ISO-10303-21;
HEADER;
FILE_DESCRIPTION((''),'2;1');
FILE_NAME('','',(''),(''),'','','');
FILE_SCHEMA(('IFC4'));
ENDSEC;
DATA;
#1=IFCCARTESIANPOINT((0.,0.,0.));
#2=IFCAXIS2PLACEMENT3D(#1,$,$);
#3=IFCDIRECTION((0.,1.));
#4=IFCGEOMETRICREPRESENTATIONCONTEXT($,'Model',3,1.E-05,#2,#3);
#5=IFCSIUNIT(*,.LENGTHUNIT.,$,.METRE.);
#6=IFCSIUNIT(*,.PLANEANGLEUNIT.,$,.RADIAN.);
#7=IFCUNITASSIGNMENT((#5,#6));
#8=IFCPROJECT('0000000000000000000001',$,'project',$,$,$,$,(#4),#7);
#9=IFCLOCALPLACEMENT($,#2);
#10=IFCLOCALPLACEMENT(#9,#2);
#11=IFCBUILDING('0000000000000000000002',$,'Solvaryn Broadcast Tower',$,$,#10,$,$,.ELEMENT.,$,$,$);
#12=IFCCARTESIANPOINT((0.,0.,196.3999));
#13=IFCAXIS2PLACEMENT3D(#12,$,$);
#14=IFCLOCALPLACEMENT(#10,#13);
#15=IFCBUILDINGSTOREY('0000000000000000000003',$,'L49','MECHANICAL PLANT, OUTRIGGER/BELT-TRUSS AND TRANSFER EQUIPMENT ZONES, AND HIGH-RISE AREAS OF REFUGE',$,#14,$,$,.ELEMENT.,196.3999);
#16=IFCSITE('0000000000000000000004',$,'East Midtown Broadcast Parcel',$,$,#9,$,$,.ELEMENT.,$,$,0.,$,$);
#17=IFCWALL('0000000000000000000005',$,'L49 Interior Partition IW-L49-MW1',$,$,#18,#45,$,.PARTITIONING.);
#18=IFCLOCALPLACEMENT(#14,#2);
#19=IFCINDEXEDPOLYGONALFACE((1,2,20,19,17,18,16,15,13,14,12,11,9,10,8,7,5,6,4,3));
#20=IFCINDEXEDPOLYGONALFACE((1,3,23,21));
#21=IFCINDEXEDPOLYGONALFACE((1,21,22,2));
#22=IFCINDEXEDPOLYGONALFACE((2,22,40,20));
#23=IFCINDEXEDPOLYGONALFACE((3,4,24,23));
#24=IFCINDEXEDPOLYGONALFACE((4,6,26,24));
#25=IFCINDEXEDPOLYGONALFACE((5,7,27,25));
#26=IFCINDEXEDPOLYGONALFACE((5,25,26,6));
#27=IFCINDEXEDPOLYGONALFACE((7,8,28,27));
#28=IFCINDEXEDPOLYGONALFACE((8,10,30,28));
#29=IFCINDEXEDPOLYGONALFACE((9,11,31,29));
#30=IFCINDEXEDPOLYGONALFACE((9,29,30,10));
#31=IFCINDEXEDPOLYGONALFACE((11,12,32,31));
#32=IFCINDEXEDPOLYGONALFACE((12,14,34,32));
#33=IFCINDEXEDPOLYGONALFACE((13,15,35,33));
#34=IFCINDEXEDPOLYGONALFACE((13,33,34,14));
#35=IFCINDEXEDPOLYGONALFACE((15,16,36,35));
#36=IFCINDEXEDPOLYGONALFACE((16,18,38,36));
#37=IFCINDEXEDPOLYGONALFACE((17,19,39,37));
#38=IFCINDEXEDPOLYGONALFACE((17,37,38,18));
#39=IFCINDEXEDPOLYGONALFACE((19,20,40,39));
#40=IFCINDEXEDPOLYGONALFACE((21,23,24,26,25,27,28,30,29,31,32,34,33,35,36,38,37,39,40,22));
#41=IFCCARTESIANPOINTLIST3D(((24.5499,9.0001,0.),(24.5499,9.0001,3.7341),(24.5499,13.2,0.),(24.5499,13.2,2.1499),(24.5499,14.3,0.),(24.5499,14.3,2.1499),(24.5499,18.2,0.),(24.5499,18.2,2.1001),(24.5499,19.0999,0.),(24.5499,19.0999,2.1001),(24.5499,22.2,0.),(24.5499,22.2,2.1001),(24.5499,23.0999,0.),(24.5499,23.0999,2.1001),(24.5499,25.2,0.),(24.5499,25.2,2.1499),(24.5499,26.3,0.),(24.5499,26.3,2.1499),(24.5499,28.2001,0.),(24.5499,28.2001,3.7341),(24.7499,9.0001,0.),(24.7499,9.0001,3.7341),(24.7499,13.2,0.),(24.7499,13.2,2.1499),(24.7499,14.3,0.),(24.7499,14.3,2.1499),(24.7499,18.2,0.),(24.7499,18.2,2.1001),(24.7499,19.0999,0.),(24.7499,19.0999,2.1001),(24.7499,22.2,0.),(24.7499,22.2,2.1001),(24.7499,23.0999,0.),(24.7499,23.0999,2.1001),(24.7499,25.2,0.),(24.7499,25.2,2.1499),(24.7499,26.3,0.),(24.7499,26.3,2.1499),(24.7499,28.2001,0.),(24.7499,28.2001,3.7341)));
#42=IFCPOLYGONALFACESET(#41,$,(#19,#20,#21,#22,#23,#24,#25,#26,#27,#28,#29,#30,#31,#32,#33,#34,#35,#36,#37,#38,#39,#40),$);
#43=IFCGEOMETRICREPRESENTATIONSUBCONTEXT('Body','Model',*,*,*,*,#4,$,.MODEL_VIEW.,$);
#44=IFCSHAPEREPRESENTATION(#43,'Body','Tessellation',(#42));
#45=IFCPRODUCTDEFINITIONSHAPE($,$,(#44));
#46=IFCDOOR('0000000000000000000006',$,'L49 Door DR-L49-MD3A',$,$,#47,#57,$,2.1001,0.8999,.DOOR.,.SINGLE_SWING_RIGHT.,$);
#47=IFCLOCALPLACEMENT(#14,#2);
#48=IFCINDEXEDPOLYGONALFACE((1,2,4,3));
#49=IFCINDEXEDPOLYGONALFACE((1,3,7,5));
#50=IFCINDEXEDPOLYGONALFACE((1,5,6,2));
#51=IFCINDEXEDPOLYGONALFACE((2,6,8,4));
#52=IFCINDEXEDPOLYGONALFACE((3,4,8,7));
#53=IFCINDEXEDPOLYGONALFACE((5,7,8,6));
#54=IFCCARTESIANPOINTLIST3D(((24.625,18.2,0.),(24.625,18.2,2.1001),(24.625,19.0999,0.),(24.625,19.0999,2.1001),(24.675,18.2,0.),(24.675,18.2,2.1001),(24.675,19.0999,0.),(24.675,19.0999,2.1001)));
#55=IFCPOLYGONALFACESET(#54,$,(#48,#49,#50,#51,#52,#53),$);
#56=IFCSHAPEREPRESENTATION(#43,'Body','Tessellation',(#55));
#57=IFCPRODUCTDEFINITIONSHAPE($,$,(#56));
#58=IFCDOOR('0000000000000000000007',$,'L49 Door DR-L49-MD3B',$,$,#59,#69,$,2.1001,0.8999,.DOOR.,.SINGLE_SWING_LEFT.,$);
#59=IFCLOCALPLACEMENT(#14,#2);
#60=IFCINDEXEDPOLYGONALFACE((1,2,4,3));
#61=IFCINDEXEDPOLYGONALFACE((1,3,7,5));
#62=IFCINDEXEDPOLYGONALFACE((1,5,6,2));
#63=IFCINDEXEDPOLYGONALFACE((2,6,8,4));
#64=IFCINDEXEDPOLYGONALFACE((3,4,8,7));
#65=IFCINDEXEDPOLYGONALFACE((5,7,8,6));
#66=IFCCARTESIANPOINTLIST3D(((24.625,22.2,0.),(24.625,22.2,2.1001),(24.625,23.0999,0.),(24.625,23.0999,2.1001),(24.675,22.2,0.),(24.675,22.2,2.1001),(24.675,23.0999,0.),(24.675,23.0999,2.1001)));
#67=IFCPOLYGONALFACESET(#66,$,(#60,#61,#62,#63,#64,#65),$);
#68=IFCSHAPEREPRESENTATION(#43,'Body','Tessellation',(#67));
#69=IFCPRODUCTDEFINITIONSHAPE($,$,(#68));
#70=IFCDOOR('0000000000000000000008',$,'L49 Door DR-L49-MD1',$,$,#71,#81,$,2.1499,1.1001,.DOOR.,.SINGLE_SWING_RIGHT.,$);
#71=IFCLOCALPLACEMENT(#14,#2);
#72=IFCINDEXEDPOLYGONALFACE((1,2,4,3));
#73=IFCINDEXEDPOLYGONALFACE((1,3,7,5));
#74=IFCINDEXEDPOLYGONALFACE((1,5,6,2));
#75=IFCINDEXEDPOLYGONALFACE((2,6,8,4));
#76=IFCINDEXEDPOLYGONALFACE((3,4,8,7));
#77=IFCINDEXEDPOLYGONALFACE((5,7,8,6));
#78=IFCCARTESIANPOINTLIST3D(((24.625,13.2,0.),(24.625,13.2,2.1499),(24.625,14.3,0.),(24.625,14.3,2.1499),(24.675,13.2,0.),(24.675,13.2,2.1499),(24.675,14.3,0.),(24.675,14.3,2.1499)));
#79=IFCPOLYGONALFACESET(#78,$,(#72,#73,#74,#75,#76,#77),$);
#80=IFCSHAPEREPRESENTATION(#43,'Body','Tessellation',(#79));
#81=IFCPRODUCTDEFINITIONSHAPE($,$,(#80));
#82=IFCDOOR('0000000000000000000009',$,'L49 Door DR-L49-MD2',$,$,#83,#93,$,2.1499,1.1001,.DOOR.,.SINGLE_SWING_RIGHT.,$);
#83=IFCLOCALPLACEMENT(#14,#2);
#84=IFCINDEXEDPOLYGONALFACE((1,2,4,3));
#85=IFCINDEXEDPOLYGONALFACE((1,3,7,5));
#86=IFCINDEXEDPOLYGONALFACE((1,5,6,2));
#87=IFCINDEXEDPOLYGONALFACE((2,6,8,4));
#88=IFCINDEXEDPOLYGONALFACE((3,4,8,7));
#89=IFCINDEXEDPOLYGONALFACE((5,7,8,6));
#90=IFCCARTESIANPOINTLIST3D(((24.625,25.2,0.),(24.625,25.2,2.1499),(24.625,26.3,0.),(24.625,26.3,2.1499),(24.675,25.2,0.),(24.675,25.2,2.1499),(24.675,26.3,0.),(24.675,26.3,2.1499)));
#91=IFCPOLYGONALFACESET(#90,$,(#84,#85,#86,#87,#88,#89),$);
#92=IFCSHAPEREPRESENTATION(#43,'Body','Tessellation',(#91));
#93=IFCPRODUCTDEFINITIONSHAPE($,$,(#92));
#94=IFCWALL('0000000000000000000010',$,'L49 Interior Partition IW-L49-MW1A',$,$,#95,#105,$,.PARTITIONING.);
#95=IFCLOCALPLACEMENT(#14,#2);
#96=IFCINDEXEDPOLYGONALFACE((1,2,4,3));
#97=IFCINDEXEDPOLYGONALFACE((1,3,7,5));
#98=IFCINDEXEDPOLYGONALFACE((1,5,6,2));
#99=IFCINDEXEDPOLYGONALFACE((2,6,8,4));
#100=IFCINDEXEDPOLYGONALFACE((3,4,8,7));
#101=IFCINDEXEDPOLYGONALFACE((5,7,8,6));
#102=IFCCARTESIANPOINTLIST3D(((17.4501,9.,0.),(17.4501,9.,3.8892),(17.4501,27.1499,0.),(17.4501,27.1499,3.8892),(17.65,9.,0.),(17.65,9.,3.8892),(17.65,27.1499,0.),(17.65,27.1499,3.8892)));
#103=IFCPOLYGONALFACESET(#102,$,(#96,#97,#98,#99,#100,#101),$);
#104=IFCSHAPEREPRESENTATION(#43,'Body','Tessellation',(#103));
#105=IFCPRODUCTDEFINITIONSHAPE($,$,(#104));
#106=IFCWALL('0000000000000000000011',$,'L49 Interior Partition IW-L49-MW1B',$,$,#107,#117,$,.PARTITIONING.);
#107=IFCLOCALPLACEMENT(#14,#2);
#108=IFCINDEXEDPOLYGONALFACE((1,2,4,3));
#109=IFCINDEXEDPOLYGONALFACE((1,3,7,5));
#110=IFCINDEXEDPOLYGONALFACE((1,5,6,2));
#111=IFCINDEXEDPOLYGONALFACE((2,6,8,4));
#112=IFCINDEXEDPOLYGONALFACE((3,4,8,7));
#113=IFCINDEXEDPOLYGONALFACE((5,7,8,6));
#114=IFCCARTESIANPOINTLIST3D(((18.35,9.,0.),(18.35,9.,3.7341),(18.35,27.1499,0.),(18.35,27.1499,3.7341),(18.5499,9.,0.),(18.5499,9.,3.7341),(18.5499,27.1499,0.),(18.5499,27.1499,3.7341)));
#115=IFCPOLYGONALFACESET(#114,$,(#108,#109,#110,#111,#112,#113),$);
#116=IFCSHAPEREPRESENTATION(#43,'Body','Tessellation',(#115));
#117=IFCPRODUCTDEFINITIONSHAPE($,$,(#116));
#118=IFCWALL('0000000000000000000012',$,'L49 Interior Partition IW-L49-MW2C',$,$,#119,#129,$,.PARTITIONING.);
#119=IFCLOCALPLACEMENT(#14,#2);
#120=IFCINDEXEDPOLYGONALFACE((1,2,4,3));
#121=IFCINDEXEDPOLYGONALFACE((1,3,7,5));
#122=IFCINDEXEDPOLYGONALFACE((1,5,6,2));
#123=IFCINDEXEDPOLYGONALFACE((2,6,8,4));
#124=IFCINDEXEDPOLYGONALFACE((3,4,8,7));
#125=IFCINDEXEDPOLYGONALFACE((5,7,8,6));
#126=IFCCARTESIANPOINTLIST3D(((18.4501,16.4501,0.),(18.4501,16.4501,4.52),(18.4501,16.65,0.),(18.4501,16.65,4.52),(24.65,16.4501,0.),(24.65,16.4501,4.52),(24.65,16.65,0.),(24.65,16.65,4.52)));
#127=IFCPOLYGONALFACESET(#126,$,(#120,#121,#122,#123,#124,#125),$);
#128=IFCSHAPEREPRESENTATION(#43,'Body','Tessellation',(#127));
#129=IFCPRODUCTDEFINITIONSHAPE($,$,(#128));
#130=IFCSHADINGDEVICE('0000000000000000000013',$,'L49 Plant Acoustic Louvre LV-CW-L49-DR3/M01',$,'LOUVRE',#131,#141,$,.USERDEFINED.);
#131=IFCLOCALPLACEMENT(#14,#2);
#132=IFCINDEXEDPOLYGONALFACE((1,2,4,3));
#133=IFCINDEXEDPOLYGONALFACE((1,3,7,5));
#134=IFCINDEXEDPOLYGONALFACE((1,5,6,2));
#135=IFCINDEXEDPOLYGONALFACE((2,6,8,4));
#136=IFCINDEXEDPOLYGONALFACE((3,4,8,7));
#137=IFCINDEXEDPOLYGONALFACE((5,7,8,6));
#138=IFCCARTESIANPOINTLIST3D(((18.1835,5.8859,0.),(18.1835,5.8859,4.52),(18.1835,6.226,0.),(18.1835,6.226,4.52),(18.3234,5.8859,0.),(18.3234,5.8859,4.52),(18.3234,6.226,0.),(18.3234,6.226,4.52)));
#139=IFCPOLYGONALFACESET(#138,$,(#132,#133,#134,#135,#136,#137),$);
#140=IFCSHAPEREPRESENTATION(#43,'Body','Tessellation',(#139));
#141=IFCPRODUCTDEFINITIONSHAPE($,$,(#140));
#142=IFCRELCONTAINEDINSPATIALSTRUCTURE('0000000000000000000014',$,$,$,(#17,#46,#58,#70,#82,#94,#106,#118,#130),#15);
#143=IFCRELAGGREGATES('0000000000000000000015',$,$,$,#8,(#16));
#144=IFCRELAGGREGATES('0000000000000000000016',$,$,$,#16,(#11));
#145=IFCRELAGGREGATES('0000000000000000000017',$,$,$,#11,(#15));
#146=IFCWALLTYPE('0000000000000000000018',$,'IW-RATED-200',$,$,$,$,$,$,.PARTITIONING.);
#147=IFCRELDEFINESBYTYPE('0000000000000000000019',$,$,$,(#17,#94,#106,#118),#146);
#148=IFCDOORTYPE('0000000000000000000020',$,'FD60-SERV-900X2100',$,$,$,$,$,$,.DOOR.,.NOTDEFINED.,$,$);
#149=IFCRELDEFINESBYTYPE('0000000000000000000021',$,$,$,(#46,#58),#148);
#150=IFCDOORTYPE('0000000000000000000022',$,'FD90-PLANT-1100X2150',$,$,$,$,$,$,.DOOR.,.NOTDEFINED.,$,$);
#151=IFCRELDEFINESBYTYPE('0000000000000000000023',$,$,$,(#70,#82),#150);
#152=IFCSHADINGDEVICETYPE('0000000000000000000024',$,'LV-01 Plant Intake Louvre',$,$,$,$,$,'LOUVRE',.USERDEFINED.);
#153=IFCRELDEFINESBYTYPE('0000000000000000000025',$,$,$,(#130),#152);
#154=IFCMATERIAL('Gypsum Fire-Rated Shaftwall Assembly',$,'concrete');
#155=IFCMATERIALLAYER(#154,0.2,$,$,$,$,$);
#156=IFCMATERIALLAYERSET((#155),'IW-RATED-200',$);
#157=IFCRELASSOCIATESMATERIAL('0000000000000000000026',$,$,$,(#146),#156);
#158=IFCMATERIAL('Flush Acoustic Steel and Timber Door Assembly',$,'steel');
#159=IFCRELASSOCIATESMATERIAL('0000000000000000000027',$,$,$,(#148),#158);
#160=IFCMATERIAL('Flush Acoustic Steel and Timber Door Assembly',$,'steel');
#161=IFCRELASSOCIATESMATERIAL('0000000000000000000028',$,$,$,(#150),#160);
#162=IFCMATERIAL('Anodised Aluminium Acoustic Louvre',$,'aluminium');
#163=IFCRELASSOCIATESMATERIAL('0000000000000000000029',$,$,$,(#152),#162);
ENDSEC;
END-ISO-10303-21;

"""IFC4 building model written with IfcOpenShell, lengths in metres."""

from ifc_helpers import new_model, si_unit, direction, frame, frame_2d, origin, origin_2d, place, context, subcontext, project, spatial, rectangle, extrude, material, layer, layer_set, type_object, element, fill, save


model = new_model("IFC4")

# Units and contexts
model_context = context("Model", 3, precision=1e-05, world=origin(), true_north=direction((0.0, 1.0)))
body_context = subcontext(model_context, "Body", "Model", "MODEL_VIEW")
ifc_project = project(units=[si_unit("LENGTHUNIT", "METRE"), si_unit("PLANEANGLEUNIT", "RADIAN")], contexts=[model_context])

# Site, building, storey
site_placement = place(None, origin())
site = spatial("IfcSite", under=ifc_project, at=site_placement, Name="East Midtown Broadcast Parcel", CompositionType="ELEMENT", RefElevation=0.0)
building_placement = place(site_placement, origin())
building = spatial("IfcBuilding", under=site, at=building_placement, Name="Solvaryn Broadcast Tower", CompositionType="ELEMENT")
storey_placement = place(building_placement, frame((0.0, 0.0, 196.3999)))
storey = spatial("IfcBuildingStorey", under=building, at=storey_placement, Name="L49", Description="MECHANICAL PLANT, OUTRIGGER/BELT-TRUSS AND TRANSFER EQUIPMENT ZONES, AND HIGH-RISE AREAS OF REFUGE", CompositionType="ELEMENT", Elevation=196.3999)

# Wall, openings, doors
ifc_material_1 = material(Name="Gypsum Fire-Rated Shaftwall Assembly", Category="concrete")
ifc_layer_1 = layer(ifc_material_1, 0.2)
ifc_layer_set_1 = layer_set([ifc_layer_1], Name="IW-RATED-200")
wall_type = type_object("IfcWallType", Name="IW-RATED-200", PredefinedType="PARTITIONING", material=ifc_layer_set_1)
wall_1_placement = place(storey_placement, frame((24.6499, 9.0, 0.0), z_axis=(0.0, 0.0, 1.0), x_axis=(0.0, 1.0, 0.0)))
wall_1 = element("IfcWall", 1, at=wall_1_placement, inside=storey, type_object=wall_type, Name="L49 Interior Partition IW-L49-MW1", PredefinedType="PARTITIONING", context=body_context, shape_type="SweptSolid", body=[
    extrude(rectangle(XDim=19.2, YDim=0.2, at=frame_2d((9.6001, 0.0))), origin(), (0.0, 0.0, 1.0), 3.7341),
])
opening_1_placement = place(wall_1_placement, frame((4.2, 0.0, 0.0)))
opening_1 = element("IfcOpeningElement", 2, at=opening_1_placement, cuts=wall_1, PredefinedType="OPENING", context=body_context, shape_type="SweptSolid", body=[
    extrude(rectangle(XDim=1.1001, YDim=2.1499, at=frame_2d((0.55, 1.075))), frame((0.0, 0.1101, 0.0), z_axis=(0.0, -1.0, 0.0), x_axis=(1.0, 0.0, 0.0)), (0.0, 0.0, 1.0), 0.22),
])
opening_2_placement = place(wall_1_placement, frame((16.2, 0.0, 0.0)))
opening_2 = element("IfcOpeningElement", 3, at=opening_2_placement, cuts=wall_1, PredefinedType="OPENING", context=body_context, shape_type="SweptSolid", body=[
    extrude(rectangle(XDim=1.1001, YDim=2.1499, at=frame_2d((0.55, 1.075))), frame((0.0, 0.1101, 0.0), z_axis=(0.0, -1.0, 0.0), x_axis=(1.0, 0.0, 0.0)), (0.0, 0.0, 1.0), 0.22),
])
opening_3_placement = place(wall_1_placement, frame((9.2, 0.0, 0.0)))
opening_3 = element("IfcOpeningElement", 4, at=opening_3_placement, cuts=wall_1, PredefinedType="OPENING", context=body_context, shape_type="SweptSolid", body=[
    extrude(rectangle(XDim=0.8999, YDim=2.1001, at=frame_2d((0.45, 1.05))), frame((0.0, 0.1101, 0.0), z_axis=(0.0, -1.0, 0.0), x_axis=(1.0, 0.0, 0.0)), (0.0, 0.0, 1.0), 0.22),
])
opening_4_placement = place(wall_1_placement, frame((13.2, 0.0, 0.0)))
opening_4 = element("IfcOpeningElement", 5, at=opening_4_placement, cuts=wall_1, PredefinedType="OPENING", context=body_context, shape_type="SweptSolid", body=[
    extrude(rectangle(XDim=0.8999, YDim=2.1001, at=frame_2d((0.45, 1.05))), frame((0.0, 0.1101, 0.0), z_axis=(0.0, -1.0, 0.0), x_axis=(1.0, 0.0, 0.0)), (0.0, 0.0, 1.0), 0.22),
])
ifc_material_2 = material(Name="Flush Acoustic Steel and Timber Door Assembly", Category="steel")
door_type_1 = type_object("IfcDoorType", Name="FD60-SERV-900X2100", OperationType="NOTDEFINED", PredefinedType="DOOR", material=ifc_material_2)
door_1_placement = place(opening_3_placement, origin())
door_1 = element("IfcDoor", 6, at=door_1_placement, inside=storey, type_object=door_type_1, Name="L49 Door DR-L49-MD3A", OperationType="SINGLE_SWING_RIGHT", OverallHeight=2.1001, OverallWidth=0.8999, PredefinedType="DOOR", context=body_context, shape_type="SweptSolid", body=[
    extrude(rectangle(XDim=0.8999, YDim=2.1001, at=frame_2d((0.45, 1.05))), frame((0.0, 0.0249, 0.0), z_axis=(0.0, -1.0, 0.0), x_axis=(1.0, 0.0, 0.0)), (0.0, 0.0, 1.0), 0.05),
])
fill(opening_3, door_1)
door_2_placement = place(opening_4_placement, origin())
door_2 = element("IfcDoor", 7, at=door_2_placement, inside=storey, type_object=door_type_1, Name="L49 Door DR-L49-MD3B", OperationType="SINGLE_SWING_LEFT", OverallHeight=2.1001, OverallWidth=0.8999, PredefinedType="DOOR", context=body_context, shape_type="SweptSolid", body=[
    extrude(rectangle(XDim=0.8999, YDim=2.1001, at=frame_2d((0.45, 1.05))), frame((0.0, 0.0249, 0.0), z_axis=(0.0, -1.0, 0.0), x_axis=(1.0, 0.0, 0.0)), (0.0, 0.0, 1.0), 0.05),
])
fill(opening_4, door_2)
ifc_material_3 = material(Name="Flush Acoustic Steel and Timber Door Assembly", Category="steel")
door_type_2 = type_object("IfcDoorType", Name="FD90-PLANT-1100X2150", OperationType="NOTDEFINED", PredefinedType="DOOR", material=ifc_material_3)
door_3_placement = place(opening_1_placement, origin())
door_3 = element("IfcDoor", 8, at=door_3_placement, inside=storey, type_object=door_type_2, Name="L49 Door DR-L49-MD1", OperationType="SINGLE_SWING_RIGHT", OverallHeight=2.1499, OverallWidth=1.1001, PredefinedType="DOOR", context=body_context, shape_type="SweptSolid", body=[
    extrude(rectangle(XDim=1.1001, YDim=2.1499, at=frame_2d((0.55, 1.075))), frame((0.0, 0.0249, 0.0), z_axis=(0.0, -1.0, 0.0), x_axis=(1.0, 0.0, 0.0)), (0.0, 0.0, 1.0), 0.05),
])
fill(opening_1, door_3)
door_4_placement = place(opening_2_placement, origin())
door_4 = element("IfcDoor", 9, at=door_4_placement, inside=storey, type_object=door_type_2, Name="L49 Door DR-L49-MD2", OperationType="SINGLE_SWING_RIGHT", OverallHeight=2.1499, OverallWidth=1.1001, PredefinedType="DOOR", context=body_context, shape_type="SweptSolid", body=[
    extrude(rectangle(XDim=1.1001, YDim=2.1499, at=frame_2d((0.55, 1.075))), frame((0.0, 0.0249, 0.0), z_axis=(0.0, -1.0, 0.0), x_axis=(1.0, 0.0, 0.0)), (0.0, 0.0, 1.0), 0.05),
])
fill(opening_2, door_4)

# Walls
wall_2_placement = place(storey_placement, frame((17.55, 9.0, 0.0), z_axis=(0.0, 0.0, 1.0), x_axis=(0.0, 1.0, 0.0)))
element("IfcWall", 10, at=wall_2_placement, inside=storey, type_object=wall_type, Name="L49 Interior Partition IW-L49-MW1A", PredefinedType="PARTITIONING", context=body_context, shape_type="SweptSolid", body=[
    extrude(rectangle(XDim=18.1499, YDim=0.2, at=frame_2d((9.075, 0.0))), origin(), (0.0, 0.0, 1.0), 3.8892),
])
wall_3_placement = place(storey_placement, frame((18.45, 9.0, 0.0), z_axis=(0.0, 0.0, 1.0), x_axis=(0.0, 1.0, 0.0)))
element("IfcWall", 11, at=wall_3_placement, inside=storey, type_object=wall_type, Name="L49 Interior Partition IW-L49-MW1B", PredefinedType="PARTITIONING", context=body_context, shape_type="SweptSolid", body=[
    extrude(rectangle(XDim=18.1499, YDim=0.2, at=frame_2d((9.075, 0.0))), origin(), (0.0, 0.0, 1.0), 3.7341),
])
wall_4_placement = place(storey_placement, frame((18.45, 16.55, 0.0), z_axis=(0.0, 0.0, 1.0), x_axis=(1.0, 0.0, 0.0)))
element("IfcWall", 12, at=wall_4_placement, inside=storey, type_object=wall_type, Name="L49 Interior Partition IW-L49-MW2C", PredefinedType="PARTITIONING", context=body_context, shape_type="SweptSolid", body=[
    extrude(rectangle(XDim=6.2, YDim=0.2, at=frame_2d((3.1001, 0.0))), origin(), (0.0, 0.0, 1.0), 4.52),
])

# Shading device
ifc_material_4 = material(Name="Anodised Aluminium Acoustic Louvre", Category="aluminium")
shading_device_type = type_object("IfcShadingDeviceType", Name="LV-01 Plant Intake Louvre", ElementType="LOUVRE", PredefinedType="USERDEFINED", material=ifc_material_4)
shading_device_placement = place(storey_placement, frame((18.2534, 6.0559, 0.0), z_axis=(0.0, 0.0, 1.0), x_axis=(1.0, 0.0, 0.0)))
element("IfcShadingDevice", 13, at=shading_device_placement, inside=storey, type_object=shading_device_type, Name="L49 Plant Acoustic Louvre LV-CW-L49-DR3/M01", ObjectType="LOUVRE", PredefinedType="USERDEFINED", context=body_context, shape_type="SweptSolid", body=[
    extrude(rectangle(XDim=0.1399, YDim=0.3401, at=origin_2d()), origin(), (0.0, 0.0, 1.0), 4.52),
])

save(model, "model.ifc")
